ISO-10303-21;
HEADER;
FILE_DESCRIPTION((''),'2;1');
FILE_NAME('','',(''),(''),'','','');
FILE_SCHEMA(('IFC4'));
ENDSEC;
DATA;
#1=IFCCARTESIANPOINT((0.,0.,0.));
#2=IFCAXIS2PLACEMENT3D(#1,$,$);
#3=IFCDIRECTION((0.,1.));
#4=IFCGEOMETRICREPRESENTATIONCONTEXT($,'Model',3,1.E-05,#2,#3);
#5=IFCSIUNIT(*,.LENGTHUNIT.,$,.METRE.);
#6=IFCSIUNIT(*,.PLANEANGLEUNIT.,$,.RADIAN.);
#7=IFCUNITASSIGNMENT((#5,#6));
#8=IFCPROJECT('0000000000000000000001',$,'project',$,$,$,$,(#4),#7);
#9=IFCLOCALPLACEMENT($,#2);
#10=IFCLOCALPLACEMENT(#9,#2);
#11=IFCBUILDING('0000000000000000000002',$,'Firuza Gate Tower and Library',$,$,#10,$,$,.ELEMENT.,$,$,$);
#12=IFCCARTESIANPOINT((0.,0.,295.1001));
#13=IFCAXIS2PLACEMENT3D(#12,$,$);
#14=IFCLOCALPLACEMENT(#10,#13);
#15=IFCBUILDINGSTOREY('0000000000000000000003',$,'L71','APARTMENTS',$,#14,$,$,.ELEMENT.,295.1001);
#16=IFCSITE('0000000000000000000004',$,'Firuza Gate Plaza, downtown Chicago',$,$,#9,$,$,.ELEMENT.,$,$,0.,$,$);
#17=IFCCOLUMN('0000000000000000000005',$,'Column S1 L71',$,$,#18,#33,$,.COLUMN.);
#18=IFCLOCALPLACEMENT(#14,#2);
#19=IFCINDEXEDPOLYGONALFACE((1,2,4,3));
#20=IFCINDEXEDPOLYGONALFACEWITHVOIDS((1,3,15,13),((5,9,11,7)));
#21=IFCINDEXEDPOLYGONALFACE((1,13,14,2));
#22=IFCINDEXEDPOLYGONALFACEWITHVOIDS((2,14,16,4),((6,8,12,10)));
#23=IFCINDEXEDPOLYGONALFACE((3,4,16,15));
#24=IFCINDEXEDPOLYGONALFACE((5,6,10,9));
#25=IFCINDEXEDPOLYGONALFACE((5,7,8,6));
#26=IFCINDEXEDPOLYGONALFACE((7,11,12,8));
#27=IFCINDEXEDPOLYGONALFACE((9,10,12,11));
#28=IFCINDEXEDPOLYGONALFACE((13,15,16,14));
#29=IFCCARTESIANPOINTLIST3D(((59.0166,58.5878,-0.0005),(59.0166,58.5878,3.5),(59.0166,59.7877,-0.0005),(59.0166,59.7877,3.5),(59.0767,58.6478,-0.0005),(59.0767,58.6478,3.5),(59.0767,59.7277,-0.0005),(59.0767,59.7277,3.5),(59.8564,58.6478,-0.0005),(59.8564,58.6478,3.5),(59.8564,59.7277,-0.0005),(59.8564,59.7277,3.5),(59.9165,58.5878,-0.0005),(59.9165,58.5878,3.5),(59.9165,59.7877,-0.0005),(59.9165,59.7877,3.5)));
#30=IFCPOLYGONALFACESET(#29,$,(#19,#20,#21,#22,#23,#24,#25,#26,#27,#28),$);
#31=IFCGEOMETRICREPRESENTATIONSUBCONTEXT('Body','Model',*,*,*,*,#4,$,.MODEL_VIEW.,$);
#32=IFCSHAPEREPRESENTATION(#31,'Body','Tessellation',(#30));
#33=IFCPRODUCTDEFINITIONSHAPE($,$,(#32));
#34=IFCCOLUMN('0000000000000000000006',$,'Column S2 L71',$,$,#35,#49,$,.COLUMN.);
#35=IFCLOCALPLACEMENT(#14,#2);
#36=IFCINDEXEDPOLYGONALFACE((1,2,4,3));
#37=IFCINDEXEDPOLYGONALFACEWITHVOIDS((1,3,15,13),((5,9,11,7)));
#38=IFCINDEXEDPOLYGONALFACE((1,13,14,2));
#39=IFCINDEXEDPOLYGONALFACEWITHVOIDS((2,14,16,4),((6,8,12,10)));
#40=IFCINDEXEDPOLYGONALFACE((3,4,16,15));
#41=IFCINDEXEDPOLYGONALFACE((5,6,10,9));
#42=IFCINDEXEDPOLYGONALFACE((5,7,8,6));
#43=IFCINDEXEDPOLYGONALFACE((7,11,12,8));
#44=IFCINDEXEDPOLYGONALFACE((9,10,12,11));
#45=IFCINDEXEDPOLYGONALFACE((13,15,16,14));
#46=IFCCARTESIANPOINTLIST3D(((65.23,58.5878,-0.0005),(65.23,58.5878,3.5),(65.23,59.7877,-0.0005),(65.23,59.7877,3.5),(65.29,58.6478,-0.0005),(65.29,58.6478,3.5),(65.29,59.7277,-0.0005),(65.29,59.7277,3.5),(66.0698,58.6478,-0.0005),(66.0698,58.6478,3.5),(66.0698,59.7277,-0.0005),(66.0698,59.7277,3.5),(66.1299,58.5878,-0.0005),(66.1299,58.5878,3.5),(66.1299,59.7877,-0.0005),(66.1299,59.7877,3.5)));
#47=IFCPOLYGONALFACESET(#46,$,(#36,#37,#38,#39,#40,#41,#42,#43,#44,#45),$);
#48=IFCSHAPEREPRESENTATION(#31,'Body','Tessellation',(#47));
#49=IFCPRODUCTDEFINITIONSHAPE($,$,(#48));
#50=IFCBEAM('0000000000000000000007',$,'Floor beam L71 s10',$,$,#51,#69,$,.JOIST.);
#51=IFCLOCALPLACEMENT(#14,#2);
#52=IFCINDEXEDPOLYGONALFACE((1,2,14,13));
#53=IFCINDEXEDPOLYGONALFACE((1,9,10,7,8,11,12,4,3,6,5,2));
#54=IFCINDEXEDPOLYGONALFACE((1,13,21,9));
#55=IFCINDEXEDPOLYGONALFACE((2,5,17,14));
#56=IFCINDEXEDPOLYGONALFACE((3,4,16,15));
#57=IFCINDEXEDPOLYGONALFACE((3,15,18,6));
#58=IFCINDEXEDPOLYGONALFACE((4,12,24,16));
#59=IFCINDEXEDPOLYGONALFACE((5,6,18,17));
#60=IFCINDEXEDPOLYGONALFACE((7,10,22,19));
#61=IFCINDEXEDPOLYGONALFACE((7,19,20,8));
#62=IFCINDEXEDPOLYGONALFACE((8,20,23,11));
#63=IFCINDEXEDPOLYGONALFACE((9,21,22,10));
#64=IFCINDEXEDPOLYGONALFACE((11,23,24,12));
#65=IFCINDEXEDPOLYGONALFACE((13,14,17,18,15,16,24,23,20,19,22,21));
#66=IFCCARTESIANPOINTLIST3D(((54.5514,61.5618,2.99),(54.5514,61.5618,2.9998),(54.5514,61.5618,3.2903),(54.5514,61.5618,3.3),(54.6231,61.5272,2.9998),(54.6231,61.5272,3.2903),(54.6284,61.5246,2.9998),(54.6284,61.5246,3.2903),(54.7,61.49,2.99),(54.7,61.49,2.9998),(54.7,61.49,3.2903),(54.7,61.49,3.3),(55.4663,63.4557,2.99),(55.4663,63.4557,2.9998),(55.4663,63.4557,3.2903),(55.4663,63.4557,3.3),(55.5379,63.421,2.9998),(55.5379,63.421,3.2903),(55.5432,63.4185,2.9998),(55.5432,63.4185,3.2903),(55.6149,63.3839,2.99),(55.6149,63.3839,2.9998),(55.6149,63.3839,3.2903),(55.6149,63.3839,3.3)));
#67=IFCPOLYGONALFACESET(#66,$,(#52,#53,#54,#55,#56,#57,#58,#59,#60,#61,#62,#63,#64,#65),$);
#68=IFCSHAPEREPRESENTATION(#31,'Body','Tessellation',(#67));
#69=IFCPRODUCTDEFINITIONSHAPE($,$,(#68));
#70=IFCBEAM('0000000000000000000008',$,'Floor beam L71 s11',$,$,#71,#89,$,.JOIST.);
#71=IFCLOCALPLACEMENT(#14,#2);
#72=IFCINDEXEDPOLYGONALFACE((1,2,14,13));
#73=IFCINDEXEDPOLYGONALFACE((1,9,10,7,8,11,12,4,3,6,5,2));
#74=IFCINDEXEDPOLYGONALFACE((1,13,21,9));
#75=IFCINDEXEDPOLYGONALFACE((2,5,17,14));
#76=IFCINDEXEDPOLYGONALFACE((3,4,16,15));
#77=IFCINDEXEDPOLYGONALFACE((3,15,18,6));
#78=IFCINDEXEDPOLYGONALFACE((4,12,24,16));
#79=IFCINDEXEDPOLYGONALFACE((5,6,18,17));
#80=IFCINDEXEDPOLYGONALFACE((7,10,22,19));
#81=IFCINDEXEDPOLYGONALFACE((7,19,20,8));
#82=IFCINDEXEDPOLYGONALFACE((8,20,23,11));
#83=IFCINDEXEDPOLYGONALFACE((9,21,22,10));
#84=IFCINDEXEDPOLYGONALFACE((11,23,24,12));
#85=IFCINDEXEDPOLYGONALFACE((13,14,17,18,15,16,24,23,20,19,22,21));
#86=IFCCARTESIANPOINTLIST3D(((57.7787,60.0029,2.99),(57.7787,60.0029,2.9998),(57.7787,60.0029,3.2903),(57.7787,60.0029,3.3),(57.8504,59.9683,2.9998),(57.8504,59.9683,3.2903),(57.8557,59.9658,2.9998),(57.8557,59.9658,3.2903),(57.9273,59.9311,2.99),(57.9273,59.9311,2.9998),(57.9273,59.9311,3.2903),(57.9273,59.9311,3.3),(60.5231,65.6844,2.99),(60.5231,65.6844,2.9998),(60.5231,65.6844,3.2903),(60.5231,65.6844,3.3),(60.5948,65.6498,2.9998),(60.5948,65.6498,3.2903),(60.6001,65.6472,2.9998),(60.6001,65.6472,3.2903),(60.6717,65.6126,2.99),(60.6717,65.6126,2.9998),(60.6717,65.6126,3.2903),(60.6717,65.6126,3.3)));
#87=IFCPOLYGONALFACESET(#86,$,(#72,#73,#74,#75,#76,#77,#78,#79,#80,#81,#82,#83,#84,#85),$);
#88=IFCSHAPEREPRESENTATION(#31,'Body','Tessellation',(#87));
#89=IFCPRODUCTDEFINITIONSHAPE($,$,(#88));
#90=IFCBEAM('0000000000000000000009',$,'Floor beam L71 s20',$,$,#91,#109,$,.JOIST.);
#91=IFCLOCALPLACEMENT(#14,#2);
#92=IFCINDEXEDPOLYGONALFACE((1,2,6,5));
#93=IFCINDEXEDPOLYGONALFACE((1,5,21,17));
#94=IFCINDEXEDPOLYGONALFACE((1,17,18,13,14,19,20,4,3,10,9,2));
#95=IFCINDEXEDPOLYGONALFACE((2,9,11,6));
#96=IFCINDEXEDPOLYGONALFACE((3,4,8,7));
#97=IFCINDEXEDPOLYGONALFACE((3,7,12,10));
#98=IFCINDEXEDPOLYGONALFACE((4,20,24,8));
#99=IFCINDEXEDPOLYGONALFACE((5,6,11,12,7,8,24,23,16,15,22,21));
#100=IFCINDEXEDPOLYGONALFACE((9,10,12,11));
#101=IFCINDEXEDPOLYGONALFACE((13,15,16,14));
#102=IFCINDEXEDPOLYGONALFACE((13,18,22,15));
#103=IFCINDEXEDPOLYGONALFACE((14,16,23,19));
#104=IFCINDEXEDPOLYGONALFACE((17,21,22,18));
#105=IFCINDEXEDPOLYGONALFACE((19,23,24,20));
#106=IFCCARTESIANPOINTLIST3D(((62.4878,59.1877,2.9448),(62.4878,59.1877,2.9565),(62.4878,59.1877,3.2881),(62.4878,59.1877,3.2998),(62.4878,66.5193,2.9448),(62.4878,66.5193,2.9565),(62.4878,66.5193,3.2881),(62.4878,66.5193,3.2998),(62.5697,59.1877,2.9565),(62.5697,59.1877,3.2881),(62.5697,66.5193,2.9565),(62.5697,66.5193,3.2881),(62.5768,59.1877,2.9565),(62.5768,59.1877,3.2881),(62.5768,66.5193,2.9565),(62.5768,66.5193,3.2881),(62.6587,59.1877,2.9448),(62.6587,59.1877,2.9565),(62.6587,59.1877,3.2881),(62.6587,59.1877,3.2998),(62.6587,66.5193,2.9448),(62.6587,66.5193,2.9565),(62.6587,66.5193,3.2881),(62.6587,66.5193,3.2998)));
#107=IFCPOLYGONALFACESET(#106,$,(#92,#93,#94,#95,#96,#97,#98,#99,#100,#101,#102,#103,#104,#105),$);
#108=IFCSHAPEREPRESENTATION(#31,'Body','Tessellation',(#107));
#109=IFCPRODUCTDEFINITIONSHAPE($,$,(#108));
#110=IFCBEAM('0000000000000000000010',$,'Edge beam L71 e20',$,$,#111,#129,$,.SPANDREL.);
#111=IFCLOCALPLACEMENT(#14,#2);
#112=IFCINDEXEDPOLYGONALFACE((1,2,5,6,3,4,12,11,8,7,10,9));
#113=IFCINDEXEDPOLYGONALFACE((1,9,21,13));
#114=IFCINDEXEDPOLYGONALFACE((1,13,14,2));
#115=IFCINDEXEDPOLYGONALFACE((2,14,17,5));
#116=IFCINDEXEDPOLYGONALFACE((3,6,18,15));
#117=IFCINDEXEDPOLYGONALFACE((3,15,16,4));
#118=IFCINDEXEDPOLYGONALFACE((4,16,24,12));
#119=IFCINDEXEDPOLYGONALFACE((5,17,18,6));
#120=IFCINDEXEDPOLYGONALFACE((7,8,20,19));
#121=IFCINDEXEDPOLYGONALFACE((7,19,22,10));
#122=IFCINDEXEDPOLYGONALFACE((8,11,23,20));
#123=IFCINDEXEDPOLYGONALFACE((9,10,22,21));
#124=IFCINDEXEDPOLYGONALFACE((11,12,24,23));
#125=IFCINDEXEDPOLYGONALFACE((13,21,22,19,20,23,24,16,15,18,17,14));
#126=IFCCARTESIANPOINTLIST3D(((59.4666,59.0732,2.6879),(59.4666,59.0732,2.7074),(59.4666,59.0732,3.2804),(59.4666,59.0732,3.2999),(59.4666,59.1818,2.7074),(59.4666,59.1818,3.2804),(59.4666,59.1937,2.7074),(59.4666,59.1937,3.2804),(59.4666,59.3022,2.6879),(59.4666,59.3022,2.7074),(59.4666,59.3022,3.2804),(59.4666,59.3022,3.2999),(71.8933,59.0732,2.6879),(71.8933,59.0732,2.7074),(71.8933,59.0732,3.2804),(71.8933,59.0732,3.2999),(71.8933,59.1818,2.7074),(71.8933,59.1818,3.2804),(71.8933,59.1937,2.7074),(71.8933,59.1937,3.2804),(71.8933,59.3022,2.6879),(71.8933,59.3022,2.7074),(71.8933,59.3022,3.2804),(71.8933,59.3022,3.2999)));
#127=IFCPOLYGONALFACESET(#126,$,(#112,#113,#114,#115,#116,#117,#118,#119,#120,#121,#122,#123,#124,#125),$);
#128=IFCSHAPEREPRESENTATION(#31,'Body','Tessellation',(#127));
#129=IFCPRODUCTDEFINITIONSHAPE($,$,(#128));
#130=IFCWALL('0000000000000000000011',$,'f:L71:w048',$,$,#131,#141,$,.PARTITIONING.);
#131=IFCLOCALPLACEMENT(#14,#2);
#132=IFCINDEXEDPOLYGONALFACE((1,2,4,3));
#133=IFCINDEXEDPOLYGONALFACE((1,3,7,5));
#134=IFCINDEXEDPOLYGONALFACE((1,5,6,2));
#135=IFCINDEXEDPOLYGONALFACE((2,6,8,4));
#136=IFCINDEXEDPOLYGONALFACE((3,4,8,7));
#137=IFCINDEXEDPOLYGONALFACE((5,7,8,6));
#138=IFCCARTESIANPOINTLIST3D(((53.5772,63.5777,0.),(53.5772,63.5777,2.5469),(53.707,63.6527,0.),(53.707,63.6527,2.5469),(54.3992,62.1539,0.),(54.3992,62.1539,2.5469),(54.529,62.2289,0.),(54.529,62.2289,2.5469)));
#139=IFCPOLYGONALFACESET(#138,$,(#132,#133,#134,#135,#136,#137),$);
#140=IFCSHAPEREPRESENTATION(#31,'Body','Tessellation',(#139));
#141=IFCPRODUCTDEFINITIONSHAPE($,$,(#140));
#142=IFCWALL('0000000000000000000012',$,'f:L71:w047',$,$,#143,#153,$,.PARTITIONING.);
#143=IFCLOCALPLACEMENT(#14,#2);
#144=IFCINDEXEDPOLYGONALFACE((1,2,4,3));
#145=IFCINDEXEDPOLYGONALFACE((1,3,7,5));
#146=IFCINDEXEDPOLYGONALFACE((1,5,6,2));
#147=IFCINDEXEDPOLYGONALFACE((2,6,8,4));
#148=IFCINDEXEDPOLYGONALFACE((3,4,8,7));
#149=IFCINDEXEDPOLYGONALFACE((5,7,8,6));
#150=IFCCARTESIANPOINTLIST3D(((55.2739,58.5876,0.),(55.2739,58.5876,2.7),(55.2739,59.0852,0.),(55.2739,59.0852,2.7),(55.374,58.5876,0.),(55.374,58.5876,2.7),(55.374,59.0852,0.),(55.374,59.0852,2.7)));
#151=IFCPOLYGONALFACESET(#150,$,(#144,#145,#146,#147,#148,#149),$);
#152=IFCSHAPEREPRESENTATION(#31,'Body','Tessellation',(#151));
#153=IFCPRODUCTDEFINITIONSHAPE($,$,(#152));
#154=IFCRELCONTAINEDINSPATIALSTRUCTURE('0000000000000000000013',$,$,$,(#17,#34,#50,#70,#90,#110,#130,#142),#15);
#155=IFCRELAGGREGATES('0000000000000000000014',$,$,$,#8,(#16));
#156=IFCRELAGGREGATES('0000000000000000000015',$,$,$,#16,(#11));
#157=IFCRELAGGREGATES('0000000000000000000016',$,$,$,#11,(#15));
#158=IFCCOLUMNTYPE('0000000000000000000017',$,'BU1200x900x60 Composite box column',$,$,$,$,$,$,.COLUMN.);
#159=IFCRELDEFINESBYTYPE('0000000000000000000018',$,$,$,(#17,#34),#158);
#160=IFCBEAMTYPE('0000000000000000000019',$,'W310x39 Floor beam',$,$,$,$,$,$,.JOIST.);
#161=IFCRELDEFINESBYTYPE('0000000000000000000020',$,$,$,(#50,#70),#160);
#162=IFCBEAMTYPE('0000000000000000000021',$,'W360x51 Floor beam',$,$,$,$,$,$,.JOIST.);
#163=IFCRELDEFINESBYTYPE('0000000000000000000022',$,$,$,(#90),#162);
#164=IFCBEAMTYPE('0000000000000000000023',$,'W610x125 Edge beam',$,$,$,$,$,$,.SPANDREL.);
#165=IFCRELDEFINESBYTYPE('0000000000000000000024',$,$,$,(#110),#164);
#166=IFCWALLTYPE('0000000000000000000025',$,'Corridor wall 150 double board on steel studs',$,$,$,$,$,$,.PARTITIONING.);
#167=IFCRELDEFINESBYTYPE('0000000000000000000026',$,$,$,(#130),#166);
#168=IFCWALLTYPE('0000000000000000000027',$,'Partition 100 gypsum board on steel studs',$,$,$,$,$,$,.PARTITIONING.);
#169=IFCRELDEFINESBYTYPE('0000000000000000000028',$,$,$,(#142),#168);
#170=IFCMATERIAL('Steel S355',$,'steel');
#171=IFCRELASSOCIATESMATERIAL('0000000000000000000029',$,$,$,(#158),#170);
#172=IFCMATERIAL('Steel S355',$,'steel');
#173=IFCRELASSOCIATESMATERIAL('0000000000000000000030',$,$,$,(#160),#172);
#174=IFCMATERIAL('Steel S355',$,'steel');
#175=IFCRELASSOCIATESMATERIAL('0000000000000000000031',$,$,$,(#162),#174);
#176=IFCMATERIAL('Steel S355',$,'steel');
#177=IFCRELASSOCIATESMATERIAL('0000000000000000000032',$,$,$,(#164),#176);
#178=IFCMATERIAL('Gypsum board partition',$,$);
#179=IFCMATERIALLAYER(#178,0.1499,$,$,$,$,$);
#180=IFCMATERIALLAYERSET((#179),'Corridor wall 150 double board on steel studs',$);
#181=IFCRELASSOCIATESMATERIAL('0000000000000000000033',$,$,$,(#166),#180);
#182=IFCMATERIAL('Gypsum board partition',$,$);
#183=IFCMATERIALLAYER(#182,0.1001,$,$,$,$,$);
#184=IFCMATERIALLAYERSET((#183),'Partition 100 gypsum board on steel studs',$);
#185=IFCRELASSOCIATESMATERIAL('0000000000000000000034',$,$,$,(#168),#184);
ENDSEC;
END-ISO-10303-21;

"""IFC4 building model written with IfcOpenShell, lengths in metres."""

from ifc_helpers import new_model, si_unit, direction, frame, frame_2d, origin, origin_2d, place, context, subcontext, project, spatial, rectangle, hollow_rectangle, i_section, extrude, material, layer, layer_set, material_profile, profile_set, type_object, element, save


model = new_model("IFC4")

# Units and contexts
model_context = context("Model", 3, precision=1e-05, world=origin(), true_north=direction((0.0, 1.0)))
body_context = subcontext(model_context, "Body", "Model", "MODEL_VIEW")
ifc_project = project(units=[si_unit("LENGTHUNIT", "METRE"), si_unit("PLANEANGLEUNIT", "RADIAN")], contexts=[model_context])

# Site, building, storey
site_placement = place(None, origin())
site = spatial("IfcSite", under=ifc_project, at=site_placement, Name="Firuza Gate Plaza, downtown Chicago", CompositionType="ELEMENT", RefElevation=0.0)
building_placement = place(site_placement, origin())
building = spatial("IfcBuilding", under=site, at=building_placement, Name="Firuza Gate Tower and Library", CompositionType="ELEMENT")
storey_placement = place(building_placement, frame((0.0, 0.0, 295.1001)))
storey = spatial("IfcBuildingStorey", under=building, at=storey_placement, Name="L71", Description="APARTMENTS", CompositionType="ELEMENT", Elevation=295.1001)

# Columns
ifc_material_1 = material(Name="Steel S355", Category="steel")
ifc_material_profile_1 = material_profile(ifc_material_1, hollow_rectangle(XDim=0.8999, YDim=1.2, WallThickness=0.0601, at=origin_2d()))
ifc_profile_set_1 = profile_set([ifc_material_profile_1], Name="Steel S355")
column_type = type_object("IfcColumnType", Name="BU1200x900x60 Composite box column", PredefinedType="COLUMN", material=ifc_profile_set_1)
for number, where, z_axis, x_axis, name in (
    (1, (59.4666, 59.1877, -0.0005), (0.0, 0.0, 1.0), (1.0, 0.0, 0.0), "Column S1 L71"),
    (2, (65.6799, 59.1877, -0.0005), (0.0, 0.0, 1.0), (1.0, 0.0, 0.0), "Column S2 L71"),
):
    element("IfcColumn", number, at=place(storey_placement, frame(where, z_axis=z_axis, x_axis=x_axis)), inside=storey, type_object=column_type, Name=name, PredefinedType="COLUMN", context=body_context, shape_type="SweptSolid", body=[
        extrude(hollow_rectangle(XDim=0.8999, YDim=1.2, WallThickness=0.0601, at=origin_2d()), origin(), (0.0, 0.0, 1.0), 3.5005),
    ])

# Beams
ifc_material_2 = material(Name="Steel S355", Category="steel")
ifc_material_profile_2 = material_profile(ifc_material_2, i_section(OverallWidth=0.165, OverallDepth=0.3101, WebThickness=0.0059, FlangeThickness=0.0098, at=origin_2d()))
ifc_profile_set_2 = profile_set([ifc_material_profile_2], Name="Steel S355")
beam_type_1 = type_object("IfcBeamType", Name="W310x39 Floor beam", PredefinedType="JOIST", material=ifc_profile_set_2)
beam_1_placement = place(storey_placement, frame((54.6257, 61.5259, 3.145), z_axis=(0.43496, 0.90045, 0.0), x_axis=(-0.90045, 0.43496, 0.0)))
element("IfcBeam", 3, at=beam_1_placement, inside=storey, type_object=beam_type_1, Name="Floor beam L71 s10", PredefinedType="JOIST", context=body_context, shape_type="SweptSolid", body=[
    extrude(i_section(OverallWidth=0.165, OverallDepth=0.3101, WebThickness=0.0059, FlangeThickness=0.0098, at=origin_2d()), origin(), (0.0, 0.0, 1.0), 2.1033),
])
beam_2_placement = place(storey_placement, frame((57.853, 59.967, 3.145), z_axis=(0.43496, 0.90045, 0.0), x_axis=(-0.90045, 0.43496, 0.0)))
element("IfcBeam", 4, at=beam_2_placement, inside=storey, type_object=beam_type_1, Name="Floor beam L71 s11", PredefinedType="JOIST", context=body_context, shape_type="SweptSolid", body=[
    extrude(i_section(OverallWidth=0.165, OverallDepth=0.3101, WebThickness=0.0059, FlangeThickness=0.0098, at=origin_2d()), origin(), (0.0, 0.0, 1.0), 6.3096),
])
ifc_material_3 = material(Name="Steel S355", Category="steel")
ifc_material_profile_3 = material_profile(ifc_material_3, i_section(OverallWidth=0.1709, OverallDepth=0.355, WebThickness=0.0071, FlangeThickness=0.0117, at=origin_2d()))
ifc_profile_set_3 = profile_set([ifc_material_profile_3], Name="Steel S355")
beam_type_2 = type_object("IfcBeamType", Name="W360x51 Floor beam", PredefinedType="JOIST", material=ifc_profile_set_3)
beam_3_placement = place(storey_placement, frame((62.5732, 59.1877, 3.1223), z_axis=(0.0, 1.0, 0.0), x_axis=(-1.0, 0.0, 0.0)))
element("IfcBeam", 5, at=beam_3_placement, inside=storey, type_object=beam_type_2, Name="Floor beam L71 s20", PredefinedType="JOIST", context=body_context, shape_type="SweptSolid", body=[
    extrude(i_section(OverallWidth=0.1709, OverallDepth=0.355, WebThickness=0.0071, FlangeThickness=0.0117, at=origin_2d()), origin(), (0.0, 0.0, 1.0), 7.3315),
])
ifc_material_4 = material(Name="Steel S355", Category="steel")
ifc_material_profile_4 = material_profile(ifc_material_4, i_section(OverallWidth=0.229, OverallDepth=0.6121, WebThickness=0.012, FlangeThickness=0.0195, at=origin_2d()))
ifc_profile_set_4 = profile_set([ifc_material_profile_4], Name="Steel S355")
beam_type_3 = type_object("IfcBeamType", Name="W610x125 Edge beam", PredefinedType="SPANDREL", material=ifc_profile_set_4)
beam_4_placement = place(storey_placement, frame((59.4666, 59.1877, 2.9939), z_axis=(1.0, 0.0, 0.0), x_axis=(0.0, 1.0, 0.0)))
element("IfcBeam", 6, at=beam_4_placement, inside=storey, type_object=beam_type_3, Name="Edge beam L71 e20", PredefinedType="SPANDREL", context=body_context, shape_type="SweptSolid", body=[
    extrude(i_section(OverallWidth=0.229, OverallDepth=0.6121, WebThickness=0.012, FlangeThickness=0.0195, at=origin_2d()), origin(), (0.0, 0.0, 1.0), 12.4268),
])

# Walls
ifc_material_5 = material(Name="Gypsum board partition")
ifc_layer_1 = layer(ifc_material_5, 0.1499)
ifc_layer_set_1 = layer_set([ifc_layer_1], Name="Corridor wall 150 double board on steel studs")
wall_type_1 = type_object("IfcWallType", Name="Corridor wall 150 double board on steel studs", PredefinedType="PARTITIONING", material=ifc_layer_set_1)
wall_1_placement = place(storey_placement, frame((54.4641, 62.1914, 0.0), z_axis=(0.0, 0.0, 1.0), x_axis=(-0.499988, 0.866032, 0.0)))
element("IfcWall", 7, at=wall_1_placement, inside=storey, type_object=wall_type_1, Name="f:L71:w048", PredefinedType="PARTITIONING", context=body_context, shape_type="SweptSolid", body=[
    extrude(rectangle(XDim=1.644, YDim=0.1499, at=frame_2d((0.822, 0.0))), origin(), (0.0, 0.0, 1.0), 2.5469),
])
ifc_material_6 = material(Name="Gypsum board partition")
ifc_layer_2 = layer(ifc_material_6, 0.1001)
ifc_layer_set_2 = layer_set([ifc_layer_2], Name="Partition 100 gypsum board on steel studs")
wall_type_2 = type_object("IfcWallType", Name="Partition 100 gypsum board on steel studs", PredefinedType="PARTITIONING", material=ifc_layer_set_2)
wall_2_placement = place(storey_placement, frame((55.324, 58.5876, 0.0), z_axis=(0.0, 0.0, 1.0), x_axis=(0.0, 1.0, 0.0)))
element("IfcWall", 8, at=wall_2_placement, inside=storey, type_object=wall_type_2, Name="f:L71:w047", PredefinedType="PARTITIONING", context=body_context, shape_type="SweptSolid", body=[
    extrude(rectangle(XDim=0.4976, YDim=0.1001, at=frame_2d((0.2488, 0.0))), origin(), (0.0, 0.0, 1.0), 2.7),
])

save(model, "model.ifc")
